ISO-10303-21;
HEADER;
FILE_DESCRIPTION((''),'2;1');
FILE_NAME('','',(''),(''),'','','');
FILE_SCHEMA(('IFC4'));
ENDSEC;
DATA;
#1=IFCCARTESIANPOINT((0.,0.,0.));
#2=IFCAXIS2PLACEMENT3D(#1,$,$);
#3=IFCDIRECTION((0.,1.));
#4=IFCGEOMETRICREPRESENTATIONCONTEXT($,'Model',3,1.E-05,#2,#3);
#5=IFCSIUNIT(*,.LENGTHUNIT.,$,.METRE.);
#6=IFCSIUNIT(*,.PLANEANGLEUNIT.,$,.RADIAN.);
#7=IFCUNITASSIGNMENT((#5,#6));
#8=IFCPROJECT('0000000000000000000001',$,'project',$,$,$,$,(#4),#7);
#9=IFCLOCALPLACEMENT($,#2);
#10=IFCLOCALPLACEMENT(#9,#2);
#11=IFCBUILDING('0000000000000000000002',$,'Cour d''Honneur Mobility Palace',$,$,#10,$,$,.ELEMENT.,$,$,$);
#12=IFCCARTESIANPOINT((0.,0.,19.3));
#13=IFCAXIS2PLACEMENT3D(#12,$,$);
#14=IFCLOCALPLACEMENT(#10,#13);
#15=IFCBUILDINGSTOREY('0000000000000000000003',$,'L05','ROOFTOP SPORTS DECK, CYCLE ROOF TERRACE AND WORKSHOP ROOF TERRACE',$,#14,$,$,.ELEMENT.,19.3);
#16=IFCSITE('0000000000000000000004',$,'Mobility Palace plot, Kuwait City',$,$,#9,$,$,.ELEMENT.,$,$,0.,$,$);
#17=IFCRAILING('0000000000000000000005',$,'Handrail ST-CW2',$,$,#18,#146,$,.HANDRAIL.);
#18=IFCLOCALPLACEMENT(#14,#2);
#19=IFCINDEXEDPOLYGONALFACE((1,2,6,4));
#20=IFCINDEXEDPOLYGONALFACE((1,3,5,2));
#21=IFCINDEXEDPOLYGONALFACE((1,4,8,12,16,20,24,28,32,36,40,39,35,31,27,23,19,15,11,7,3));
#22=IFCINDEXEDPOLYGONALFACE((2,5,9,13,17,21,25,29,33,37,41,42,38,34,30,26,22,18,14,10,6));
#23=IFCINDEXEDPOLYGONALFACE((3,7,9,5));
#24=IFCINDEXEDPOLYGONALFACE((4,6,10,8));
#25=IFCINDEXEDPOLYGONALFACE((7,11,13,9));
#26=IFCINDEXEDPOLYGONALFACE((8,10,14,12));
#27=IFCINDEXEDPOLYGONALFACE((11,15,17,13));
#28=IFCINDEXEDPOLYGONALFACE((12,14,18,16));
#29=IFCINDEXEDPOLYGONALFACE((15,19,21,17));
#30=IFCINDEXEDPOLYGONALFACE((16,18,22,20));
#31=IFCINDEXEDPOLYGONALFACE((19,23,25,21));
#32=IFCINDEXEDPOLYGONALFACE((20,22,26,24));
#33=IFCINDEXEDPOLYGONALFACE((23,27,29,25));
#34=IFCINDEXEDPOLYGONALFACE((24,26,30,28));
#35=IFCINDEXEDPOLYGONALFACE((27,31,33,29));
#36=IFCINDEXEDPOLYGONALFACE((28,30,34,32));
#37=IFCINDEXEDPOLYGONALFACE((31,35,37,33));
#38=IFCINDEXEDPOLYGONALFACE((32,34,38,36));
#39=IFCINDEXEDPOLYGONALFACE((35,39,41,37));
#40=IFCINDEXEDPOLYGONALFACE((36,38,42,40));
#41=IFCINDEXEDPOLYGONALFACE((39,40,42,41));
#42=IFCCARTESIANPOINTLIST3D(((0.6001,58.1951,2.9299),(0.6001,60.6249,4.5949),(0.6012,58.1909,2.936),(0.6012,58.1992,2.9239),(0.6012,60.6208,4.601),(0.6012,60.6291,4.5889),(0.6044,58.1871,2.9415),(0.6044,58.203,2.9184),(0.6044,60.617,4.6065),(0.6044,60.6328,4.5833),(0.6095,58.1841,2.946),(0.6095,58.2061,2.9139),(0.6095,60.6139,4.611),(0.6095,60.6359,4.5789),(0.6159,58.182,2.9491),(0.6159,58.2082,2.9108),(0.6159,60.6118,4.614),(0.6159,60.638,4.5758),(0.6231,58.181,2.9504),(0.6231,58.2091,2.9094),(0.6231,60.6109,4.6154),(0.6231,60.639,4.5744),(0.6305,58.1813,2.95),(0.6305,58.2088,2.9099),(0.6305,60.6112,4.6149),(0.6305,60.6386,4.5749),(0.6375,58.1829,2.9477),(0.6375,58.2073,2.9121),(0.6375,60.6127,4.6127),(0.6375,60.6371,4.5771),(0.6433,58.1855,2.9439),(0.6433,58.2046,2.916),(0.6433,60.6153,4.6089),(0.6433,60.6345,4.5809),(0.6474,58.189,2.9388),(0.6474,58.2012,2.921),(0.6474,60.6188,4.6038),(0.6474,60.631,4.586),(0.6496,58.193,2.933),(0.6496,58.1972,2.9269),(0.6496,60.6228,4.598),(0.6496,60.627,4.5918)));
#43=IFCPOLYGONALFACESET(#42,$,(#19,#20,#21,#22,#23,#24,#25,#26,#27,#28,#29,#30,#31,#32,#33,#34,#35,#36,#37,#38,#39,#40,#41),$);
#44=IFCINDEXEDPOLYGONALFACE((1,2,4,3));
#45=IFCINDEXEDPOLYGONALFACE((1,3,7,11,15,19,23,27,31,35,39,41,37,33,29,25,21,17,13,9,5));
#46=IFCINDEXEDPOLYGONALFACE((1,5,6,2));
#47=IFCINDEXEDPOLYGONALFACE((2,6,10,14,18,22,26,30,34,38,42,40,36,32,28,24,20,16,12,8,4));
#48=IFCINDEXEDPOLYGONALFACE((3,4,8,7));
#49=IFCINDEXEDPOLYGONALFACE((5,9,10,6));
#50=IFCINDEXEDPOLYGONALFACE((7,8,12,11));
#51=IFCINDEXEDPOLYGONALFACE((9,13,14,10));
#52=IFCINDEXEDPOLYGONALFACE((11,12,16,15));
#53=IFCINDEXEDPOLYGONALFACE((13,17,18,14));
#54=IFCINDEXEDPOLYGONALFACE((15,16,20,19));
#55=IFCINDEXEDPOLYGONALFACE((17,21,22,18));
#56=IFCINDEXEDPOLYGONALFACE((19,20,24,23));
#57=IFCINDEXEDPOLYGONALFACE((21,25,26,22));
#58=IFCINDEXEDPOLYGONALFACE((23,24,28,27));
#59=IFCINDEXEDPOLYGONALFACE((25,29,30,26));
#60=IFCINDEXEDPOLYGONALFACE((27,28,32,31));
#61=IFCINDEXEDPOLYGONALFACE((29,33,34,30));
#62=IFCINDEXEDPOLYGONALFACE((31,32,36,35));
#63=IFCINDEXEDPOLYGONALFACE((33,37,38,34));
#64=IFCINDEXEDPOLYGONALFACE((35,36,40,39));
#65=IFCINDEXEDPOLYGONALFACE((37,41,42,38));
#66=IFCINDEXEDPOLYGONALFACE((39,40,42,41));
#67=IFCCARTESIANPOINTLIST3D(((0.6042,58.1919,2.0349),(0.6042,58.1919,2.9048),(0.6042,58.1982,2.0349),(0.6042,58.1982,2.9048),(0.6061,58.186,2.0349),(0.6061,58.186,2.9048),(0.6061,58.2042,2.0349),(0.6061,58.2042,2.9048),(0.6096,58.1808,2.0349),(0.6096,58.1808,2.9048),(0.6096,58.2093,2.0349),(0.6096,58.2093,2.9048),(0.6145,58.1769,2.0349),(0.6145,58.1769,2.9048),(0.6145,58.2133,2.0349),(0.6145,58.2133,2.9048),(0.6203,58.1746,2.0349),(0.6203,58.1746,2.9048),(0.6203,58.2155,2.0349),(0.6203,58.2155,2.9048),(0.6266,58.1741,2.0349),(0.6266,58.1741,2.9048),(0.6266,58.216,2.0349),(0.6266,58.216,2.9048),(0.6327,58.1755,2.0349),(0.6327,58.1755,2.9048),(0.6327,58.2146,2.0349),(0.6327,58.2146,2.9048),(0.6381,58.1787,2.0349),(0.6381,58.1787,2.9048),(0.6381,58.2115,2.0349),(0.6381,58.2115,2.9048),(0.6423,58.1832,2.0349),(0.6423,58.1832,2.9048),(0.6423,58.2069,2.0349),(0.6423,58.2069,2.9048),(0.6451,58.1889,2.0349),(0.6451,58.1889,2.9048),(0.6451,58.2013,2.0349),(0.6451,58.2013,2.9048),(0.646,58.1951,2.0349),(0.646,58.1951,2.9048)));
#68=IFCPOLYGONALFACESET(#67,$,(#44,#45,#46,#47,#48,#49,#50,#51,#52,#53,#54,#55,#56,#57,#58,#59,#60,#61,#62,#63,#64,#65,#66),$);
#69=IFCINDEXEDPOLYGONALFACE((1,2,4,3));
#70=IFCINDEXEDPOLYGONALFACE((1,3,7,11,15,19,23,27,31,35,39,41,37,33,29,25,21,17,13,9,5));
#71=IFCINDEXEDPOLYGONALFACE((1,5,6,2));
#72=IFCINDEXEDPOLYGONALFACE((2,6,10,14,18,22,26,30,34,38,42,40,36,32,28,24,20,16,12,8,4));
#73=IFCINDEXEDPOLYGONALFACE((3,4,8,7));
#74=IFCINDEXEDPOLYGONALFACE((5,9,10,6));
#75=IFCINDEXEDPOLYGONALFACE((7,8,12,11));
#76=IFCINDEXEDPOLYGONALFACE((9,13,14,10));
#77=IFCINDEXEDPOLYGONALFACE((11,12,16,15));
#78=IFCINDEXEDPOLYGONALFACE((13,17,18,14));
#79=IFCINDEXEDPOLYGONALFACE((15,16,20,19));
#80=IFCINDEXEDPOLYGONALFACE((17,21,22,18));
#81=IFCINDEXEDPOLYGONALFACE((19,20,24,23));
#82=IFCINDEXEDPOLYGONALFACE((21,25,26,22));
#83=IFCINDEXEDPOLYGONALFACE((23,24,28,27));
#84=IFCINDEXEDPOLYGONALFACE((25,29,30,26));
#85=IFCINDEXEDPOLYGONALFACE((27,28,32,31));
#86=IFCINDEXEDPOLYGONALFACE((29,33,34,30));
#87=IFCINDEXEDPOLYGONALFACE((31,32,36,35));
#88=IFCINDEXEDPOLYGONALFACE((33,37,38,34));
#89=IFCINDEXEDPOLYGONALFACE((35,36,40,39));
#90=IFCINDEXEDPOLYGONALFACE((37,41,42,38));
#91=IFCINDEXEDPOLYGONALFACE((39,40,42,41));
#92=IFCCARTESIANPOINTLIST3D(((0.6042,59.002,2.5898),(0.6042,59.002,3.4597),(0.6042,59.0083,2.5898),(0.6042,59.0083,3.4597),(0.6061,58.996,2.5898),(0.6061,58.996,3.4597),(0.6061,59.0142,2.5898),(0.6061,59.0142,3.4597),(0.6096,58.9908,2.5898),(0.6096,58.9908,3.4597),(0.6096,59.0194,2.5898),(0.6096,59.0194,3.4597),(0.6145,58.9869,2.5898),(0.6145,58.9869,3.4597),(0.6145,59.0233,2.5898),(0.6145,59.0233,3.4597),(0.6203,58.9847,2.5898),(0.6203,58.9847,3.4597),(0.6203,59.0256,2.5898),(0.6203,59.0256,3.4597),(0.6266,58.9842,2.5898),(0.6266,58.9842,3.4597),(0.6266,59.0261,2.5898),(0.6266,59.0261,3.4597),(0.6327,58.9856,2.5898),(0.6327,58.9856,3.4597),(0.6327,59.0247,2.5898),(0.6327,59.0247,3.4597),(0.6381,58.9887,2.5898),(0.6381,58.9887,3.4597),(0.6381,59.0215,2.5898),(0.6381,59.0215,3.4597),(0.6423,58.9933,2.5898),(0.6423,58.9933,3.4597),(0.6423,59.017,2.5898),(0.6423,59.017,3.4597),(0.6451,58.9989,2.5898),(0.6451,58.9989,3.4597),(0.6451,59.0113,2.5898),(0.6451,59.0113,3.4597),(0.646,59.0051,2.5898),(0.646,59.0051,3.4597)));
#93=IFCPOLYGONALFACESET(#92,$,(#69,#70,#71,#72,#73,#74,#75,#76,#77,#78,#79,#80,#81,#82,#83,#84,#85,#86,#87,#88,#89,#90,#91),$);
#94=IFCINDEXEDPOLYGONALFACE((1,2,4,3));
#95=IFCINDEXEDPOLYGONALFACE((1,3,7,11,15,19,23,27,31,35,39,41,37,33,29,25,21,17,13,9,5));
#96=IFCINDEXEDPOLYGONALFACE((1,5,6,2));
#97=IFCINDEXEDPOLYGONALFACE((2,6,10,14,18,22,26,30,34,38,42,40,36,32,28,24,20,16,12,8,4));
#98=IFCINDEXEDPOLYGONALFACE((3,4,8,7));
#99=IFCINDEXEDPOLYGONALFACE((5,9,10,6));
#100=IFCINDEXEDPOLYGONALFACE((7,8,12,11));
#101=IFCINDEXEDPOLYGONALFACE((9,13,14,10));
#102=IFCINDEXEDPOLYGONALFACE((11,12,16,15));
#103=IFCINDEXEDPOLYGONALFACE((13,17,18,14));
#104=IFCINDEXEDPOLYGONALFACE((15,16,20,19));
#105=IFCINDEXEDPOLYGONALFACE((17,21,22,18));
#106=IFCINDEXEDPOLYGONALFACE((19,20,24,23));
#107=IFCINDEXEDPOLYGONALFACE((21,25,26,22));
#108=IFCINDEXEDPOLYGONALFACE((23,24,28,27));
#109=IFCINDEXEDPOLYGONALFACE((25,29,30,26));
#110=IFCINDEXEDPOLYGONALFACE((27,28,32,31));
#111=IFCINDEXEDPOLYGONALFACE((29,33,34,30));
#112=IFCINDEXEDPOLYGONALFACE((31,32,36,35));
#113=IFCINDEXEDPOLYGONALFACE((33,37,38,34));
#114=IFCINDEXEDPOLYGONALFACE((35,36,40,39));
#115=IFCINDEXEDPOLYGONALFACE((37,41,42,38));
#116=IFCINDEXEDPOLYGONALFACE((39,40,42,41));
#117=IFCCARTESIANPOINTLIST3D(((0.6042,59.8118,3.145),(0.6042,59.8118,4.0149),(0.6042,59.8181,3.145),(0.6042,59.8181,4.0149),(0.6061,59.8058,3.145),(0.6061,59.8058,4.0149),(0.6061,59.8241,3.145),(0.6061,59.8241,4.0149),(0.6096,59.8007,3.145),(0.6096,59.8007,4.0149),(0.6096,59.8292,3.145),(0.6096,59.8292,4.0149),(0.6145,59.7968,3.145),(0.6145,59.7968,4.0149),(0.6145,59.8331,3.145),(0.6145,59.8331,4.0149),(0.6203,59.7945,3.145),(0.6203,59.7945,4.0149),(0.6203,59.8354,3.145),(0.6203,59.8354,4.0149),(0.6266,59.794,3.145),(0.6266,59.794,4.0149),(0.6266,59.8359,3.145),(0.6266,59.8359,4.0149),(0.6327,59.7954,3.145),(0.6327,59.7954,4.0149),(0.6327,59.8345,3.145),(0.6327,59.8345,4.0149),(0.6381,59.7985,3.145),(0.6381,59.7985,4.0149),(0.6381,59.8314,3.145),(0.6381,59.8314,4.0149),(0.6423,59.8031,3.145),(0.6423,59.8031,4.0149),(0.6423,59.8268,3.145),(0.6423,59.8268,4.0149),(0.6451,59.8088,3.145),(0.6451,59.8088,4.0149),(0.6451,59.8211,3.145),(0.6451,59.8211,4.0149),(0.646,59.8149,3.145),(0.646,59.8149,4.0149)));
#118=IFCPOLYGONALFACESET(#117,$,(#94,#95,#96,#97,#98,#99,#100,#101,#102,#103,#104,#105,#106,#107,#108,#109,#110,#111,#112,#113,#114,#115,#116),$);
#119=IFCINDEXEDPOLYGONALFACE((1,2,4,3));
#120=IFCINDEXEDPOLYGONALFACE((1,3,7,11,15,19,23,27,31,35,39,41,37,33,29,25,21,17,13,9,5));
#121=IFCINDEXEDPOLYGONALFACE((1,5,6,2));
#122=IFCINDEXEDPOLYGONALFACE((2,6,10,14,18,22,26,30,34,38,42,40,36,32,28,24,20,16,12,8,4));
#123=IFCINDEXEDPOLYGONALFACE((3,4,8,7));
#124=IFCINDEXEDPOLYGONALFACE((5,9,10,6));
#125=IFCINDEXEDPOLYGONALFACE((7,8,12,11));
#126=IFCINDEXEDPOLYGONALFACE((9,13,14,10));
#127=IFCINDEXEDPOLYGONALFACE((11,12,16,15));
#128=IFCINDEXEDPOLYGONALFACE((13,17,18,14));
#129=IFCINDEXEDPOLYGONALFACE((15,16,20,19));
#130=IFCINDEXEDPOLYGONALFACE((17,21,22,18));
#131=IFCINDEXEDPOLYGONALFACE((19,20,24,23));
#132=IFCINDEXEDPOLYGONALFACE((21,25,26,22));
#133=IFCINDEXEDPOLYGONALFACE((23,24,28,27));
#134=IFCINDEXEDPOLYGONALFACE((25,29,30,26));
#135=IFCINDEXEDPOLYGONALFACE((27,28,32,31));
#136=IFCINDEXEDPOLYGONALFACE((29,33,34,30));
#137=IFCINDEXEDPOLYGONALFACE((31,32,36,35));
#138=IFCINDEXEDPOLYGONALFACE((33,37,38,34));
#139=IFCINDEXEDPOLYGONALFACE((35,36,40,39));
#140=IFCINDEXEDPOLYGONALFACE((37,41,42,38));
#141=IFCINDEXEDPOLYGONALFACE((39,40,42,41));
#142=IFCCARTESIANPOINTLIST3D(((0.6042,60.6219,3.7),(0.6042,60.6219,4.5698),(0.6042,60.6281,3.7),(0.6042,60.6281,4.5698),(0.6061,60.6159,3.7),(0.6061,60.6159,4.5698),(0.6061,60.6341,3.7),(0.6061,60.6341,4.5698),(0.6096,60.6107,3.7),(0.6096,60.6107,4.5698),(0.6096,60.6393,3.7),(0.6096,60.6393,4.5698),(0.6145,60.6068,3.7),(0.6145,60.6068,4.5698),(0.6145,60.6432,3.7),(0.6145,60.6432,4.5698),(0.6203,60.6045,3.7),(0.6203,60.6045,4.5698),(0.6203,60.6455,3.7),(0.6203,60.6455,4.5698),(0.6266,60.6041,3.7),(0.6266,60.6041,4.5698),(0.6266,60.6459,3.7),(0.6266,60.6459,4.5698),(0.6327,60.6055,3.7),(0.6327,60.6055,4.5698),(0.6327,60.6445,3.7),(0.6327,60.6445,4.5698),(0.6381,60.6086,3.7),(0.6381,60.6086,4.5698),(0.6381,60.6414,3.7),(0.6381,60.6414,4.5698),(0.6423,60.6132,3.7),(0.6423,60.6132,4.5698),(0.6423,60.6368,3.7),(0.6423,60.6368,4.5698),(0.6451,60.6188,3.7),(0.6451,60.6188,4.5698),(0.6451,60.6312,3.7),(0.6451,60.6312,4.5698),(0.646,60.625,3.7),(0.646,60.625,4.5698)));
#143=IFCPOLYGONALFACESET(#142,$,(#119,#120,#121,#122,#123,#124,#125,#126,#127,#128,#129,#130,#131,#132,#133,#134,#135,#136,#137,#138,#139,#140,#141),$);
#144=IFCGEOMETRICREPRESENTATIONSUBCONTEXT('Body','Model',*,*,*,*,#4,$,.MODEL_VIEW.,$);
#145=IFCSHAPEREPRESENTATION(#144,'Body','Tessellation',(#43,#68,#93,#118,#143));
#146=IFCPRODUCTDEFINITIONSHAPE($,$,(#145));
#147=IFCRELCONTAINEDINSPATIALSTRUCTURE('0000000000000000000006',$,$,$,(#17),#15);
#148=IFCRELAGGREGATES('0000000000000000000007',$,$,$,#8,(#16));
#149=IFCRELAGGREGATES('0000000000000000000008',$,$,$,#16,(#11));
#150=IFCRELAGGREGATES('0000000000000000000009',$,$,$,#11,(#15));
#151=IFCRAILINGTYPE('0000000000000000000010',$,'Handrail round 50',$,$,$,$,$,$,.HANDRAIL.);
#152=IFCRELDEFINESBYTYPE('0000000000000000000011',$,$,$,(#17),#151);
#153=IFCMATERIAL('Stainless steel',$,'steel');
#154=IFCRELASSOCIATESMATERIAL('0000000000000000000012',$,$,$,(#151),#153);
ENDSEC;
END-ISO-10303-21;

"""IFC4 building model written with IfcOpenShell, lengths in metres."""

from ifc_helpers import new_model, si_unit, direction, frame, origin, origin_2d, place, context, subcontext, project, spatial, circle, extrude, material, type_object, element, save


model = new_model("IFC4")

# Units and contexts
model_context = context("Model", 3, precision=1e-05, world=origin(), true_north=direction((0.0, 1.0)))
body_context = subcontext(model_context, "Body", "Model", "MODEL_VIEW")
ifc_project = project(units=[si_unit("LENGTHUNIT", "METRE"), si_unit("PLANEANGLEUNIT", "RADIAN")], contexts=[model_context])

# Site, building, storey
site_placement = place(None, origin())
site = spatial("IfcSite", under=ifc_project, at=site_placement, Name="Mobility Palace plot, Kuwait City", CompositionType="ELEMENT", RefElevation=0.0)
building_placement = place(site_placement, origin())
building = spatial("IfcBuilding", under=site, at=building_placement, Name="Cour d'Honneur Mobility Palace", CompositionType="ELEMENT")
storey_placement = place(building_placement, frame((0.0, 0.0, 19.3)))
storey = spatial("IfcBuildingStorey", under=building, at=storey_placement, Name="L05", Description="ROOFTOP SPORTS DECK, CYCLE ROOF TERRACE AND WORKSHOP ROOF TERRACE", CompositionType="ELEMENT", Elevation=19.3)

# Railing
ifc_material_1 = material(Name="Stainless steel", Category="steel")
railing_type_1 = type_object("IfcRailingType", Name="Handrail round 50", PredefinedType="HANDRAIL", material=ifc_material_1)
for number, where, name in (
    (1, (0.625, 58.1951, 2.0349), "Handrail ST-CW2"),
):
    element("IfcRailing", number, at=place(storey_placement, frame(where)), inside=storey, type_object=railing_type_1, Name=name, PredefinedType="HANDRAIL", context=body_context, shape_type="SweptSolid", body=[
        extrude(circle(Radius=0.0249, at=origin_2d()), frame((0.0, 0.0, 0.895), z_axis=(0.0, 0.824919, 0.565251), x_axis=(-1.0, 0.0, 0.0)), (0.0, 0.0, 1.0), 2.9456),
        extrude(circle(Radius=0.021, at=origin_2d()), origin(), (0.0, 0.0, 1.0), 0.8699),
        extrude(circle(Radius=0.021, at=origin_2d()), frame((0.0, 0.8101, 0.5549)), (0.0, 0.0, 1.0), 0.8699),
        extrude(circle(Radius=0.021, at=origin_2d()), frame((0.0, 1.6199, 1.1101)), (0.0, 0.0, 1.0), 0.8699),
        extrude(circle(Radius=0.021, at=origin_2d()), frame((0.0, 2.4299, 1.665)), (0.0, 0.0, 1.0), 0.8699),
    ])

save(model, "model.ifc")
